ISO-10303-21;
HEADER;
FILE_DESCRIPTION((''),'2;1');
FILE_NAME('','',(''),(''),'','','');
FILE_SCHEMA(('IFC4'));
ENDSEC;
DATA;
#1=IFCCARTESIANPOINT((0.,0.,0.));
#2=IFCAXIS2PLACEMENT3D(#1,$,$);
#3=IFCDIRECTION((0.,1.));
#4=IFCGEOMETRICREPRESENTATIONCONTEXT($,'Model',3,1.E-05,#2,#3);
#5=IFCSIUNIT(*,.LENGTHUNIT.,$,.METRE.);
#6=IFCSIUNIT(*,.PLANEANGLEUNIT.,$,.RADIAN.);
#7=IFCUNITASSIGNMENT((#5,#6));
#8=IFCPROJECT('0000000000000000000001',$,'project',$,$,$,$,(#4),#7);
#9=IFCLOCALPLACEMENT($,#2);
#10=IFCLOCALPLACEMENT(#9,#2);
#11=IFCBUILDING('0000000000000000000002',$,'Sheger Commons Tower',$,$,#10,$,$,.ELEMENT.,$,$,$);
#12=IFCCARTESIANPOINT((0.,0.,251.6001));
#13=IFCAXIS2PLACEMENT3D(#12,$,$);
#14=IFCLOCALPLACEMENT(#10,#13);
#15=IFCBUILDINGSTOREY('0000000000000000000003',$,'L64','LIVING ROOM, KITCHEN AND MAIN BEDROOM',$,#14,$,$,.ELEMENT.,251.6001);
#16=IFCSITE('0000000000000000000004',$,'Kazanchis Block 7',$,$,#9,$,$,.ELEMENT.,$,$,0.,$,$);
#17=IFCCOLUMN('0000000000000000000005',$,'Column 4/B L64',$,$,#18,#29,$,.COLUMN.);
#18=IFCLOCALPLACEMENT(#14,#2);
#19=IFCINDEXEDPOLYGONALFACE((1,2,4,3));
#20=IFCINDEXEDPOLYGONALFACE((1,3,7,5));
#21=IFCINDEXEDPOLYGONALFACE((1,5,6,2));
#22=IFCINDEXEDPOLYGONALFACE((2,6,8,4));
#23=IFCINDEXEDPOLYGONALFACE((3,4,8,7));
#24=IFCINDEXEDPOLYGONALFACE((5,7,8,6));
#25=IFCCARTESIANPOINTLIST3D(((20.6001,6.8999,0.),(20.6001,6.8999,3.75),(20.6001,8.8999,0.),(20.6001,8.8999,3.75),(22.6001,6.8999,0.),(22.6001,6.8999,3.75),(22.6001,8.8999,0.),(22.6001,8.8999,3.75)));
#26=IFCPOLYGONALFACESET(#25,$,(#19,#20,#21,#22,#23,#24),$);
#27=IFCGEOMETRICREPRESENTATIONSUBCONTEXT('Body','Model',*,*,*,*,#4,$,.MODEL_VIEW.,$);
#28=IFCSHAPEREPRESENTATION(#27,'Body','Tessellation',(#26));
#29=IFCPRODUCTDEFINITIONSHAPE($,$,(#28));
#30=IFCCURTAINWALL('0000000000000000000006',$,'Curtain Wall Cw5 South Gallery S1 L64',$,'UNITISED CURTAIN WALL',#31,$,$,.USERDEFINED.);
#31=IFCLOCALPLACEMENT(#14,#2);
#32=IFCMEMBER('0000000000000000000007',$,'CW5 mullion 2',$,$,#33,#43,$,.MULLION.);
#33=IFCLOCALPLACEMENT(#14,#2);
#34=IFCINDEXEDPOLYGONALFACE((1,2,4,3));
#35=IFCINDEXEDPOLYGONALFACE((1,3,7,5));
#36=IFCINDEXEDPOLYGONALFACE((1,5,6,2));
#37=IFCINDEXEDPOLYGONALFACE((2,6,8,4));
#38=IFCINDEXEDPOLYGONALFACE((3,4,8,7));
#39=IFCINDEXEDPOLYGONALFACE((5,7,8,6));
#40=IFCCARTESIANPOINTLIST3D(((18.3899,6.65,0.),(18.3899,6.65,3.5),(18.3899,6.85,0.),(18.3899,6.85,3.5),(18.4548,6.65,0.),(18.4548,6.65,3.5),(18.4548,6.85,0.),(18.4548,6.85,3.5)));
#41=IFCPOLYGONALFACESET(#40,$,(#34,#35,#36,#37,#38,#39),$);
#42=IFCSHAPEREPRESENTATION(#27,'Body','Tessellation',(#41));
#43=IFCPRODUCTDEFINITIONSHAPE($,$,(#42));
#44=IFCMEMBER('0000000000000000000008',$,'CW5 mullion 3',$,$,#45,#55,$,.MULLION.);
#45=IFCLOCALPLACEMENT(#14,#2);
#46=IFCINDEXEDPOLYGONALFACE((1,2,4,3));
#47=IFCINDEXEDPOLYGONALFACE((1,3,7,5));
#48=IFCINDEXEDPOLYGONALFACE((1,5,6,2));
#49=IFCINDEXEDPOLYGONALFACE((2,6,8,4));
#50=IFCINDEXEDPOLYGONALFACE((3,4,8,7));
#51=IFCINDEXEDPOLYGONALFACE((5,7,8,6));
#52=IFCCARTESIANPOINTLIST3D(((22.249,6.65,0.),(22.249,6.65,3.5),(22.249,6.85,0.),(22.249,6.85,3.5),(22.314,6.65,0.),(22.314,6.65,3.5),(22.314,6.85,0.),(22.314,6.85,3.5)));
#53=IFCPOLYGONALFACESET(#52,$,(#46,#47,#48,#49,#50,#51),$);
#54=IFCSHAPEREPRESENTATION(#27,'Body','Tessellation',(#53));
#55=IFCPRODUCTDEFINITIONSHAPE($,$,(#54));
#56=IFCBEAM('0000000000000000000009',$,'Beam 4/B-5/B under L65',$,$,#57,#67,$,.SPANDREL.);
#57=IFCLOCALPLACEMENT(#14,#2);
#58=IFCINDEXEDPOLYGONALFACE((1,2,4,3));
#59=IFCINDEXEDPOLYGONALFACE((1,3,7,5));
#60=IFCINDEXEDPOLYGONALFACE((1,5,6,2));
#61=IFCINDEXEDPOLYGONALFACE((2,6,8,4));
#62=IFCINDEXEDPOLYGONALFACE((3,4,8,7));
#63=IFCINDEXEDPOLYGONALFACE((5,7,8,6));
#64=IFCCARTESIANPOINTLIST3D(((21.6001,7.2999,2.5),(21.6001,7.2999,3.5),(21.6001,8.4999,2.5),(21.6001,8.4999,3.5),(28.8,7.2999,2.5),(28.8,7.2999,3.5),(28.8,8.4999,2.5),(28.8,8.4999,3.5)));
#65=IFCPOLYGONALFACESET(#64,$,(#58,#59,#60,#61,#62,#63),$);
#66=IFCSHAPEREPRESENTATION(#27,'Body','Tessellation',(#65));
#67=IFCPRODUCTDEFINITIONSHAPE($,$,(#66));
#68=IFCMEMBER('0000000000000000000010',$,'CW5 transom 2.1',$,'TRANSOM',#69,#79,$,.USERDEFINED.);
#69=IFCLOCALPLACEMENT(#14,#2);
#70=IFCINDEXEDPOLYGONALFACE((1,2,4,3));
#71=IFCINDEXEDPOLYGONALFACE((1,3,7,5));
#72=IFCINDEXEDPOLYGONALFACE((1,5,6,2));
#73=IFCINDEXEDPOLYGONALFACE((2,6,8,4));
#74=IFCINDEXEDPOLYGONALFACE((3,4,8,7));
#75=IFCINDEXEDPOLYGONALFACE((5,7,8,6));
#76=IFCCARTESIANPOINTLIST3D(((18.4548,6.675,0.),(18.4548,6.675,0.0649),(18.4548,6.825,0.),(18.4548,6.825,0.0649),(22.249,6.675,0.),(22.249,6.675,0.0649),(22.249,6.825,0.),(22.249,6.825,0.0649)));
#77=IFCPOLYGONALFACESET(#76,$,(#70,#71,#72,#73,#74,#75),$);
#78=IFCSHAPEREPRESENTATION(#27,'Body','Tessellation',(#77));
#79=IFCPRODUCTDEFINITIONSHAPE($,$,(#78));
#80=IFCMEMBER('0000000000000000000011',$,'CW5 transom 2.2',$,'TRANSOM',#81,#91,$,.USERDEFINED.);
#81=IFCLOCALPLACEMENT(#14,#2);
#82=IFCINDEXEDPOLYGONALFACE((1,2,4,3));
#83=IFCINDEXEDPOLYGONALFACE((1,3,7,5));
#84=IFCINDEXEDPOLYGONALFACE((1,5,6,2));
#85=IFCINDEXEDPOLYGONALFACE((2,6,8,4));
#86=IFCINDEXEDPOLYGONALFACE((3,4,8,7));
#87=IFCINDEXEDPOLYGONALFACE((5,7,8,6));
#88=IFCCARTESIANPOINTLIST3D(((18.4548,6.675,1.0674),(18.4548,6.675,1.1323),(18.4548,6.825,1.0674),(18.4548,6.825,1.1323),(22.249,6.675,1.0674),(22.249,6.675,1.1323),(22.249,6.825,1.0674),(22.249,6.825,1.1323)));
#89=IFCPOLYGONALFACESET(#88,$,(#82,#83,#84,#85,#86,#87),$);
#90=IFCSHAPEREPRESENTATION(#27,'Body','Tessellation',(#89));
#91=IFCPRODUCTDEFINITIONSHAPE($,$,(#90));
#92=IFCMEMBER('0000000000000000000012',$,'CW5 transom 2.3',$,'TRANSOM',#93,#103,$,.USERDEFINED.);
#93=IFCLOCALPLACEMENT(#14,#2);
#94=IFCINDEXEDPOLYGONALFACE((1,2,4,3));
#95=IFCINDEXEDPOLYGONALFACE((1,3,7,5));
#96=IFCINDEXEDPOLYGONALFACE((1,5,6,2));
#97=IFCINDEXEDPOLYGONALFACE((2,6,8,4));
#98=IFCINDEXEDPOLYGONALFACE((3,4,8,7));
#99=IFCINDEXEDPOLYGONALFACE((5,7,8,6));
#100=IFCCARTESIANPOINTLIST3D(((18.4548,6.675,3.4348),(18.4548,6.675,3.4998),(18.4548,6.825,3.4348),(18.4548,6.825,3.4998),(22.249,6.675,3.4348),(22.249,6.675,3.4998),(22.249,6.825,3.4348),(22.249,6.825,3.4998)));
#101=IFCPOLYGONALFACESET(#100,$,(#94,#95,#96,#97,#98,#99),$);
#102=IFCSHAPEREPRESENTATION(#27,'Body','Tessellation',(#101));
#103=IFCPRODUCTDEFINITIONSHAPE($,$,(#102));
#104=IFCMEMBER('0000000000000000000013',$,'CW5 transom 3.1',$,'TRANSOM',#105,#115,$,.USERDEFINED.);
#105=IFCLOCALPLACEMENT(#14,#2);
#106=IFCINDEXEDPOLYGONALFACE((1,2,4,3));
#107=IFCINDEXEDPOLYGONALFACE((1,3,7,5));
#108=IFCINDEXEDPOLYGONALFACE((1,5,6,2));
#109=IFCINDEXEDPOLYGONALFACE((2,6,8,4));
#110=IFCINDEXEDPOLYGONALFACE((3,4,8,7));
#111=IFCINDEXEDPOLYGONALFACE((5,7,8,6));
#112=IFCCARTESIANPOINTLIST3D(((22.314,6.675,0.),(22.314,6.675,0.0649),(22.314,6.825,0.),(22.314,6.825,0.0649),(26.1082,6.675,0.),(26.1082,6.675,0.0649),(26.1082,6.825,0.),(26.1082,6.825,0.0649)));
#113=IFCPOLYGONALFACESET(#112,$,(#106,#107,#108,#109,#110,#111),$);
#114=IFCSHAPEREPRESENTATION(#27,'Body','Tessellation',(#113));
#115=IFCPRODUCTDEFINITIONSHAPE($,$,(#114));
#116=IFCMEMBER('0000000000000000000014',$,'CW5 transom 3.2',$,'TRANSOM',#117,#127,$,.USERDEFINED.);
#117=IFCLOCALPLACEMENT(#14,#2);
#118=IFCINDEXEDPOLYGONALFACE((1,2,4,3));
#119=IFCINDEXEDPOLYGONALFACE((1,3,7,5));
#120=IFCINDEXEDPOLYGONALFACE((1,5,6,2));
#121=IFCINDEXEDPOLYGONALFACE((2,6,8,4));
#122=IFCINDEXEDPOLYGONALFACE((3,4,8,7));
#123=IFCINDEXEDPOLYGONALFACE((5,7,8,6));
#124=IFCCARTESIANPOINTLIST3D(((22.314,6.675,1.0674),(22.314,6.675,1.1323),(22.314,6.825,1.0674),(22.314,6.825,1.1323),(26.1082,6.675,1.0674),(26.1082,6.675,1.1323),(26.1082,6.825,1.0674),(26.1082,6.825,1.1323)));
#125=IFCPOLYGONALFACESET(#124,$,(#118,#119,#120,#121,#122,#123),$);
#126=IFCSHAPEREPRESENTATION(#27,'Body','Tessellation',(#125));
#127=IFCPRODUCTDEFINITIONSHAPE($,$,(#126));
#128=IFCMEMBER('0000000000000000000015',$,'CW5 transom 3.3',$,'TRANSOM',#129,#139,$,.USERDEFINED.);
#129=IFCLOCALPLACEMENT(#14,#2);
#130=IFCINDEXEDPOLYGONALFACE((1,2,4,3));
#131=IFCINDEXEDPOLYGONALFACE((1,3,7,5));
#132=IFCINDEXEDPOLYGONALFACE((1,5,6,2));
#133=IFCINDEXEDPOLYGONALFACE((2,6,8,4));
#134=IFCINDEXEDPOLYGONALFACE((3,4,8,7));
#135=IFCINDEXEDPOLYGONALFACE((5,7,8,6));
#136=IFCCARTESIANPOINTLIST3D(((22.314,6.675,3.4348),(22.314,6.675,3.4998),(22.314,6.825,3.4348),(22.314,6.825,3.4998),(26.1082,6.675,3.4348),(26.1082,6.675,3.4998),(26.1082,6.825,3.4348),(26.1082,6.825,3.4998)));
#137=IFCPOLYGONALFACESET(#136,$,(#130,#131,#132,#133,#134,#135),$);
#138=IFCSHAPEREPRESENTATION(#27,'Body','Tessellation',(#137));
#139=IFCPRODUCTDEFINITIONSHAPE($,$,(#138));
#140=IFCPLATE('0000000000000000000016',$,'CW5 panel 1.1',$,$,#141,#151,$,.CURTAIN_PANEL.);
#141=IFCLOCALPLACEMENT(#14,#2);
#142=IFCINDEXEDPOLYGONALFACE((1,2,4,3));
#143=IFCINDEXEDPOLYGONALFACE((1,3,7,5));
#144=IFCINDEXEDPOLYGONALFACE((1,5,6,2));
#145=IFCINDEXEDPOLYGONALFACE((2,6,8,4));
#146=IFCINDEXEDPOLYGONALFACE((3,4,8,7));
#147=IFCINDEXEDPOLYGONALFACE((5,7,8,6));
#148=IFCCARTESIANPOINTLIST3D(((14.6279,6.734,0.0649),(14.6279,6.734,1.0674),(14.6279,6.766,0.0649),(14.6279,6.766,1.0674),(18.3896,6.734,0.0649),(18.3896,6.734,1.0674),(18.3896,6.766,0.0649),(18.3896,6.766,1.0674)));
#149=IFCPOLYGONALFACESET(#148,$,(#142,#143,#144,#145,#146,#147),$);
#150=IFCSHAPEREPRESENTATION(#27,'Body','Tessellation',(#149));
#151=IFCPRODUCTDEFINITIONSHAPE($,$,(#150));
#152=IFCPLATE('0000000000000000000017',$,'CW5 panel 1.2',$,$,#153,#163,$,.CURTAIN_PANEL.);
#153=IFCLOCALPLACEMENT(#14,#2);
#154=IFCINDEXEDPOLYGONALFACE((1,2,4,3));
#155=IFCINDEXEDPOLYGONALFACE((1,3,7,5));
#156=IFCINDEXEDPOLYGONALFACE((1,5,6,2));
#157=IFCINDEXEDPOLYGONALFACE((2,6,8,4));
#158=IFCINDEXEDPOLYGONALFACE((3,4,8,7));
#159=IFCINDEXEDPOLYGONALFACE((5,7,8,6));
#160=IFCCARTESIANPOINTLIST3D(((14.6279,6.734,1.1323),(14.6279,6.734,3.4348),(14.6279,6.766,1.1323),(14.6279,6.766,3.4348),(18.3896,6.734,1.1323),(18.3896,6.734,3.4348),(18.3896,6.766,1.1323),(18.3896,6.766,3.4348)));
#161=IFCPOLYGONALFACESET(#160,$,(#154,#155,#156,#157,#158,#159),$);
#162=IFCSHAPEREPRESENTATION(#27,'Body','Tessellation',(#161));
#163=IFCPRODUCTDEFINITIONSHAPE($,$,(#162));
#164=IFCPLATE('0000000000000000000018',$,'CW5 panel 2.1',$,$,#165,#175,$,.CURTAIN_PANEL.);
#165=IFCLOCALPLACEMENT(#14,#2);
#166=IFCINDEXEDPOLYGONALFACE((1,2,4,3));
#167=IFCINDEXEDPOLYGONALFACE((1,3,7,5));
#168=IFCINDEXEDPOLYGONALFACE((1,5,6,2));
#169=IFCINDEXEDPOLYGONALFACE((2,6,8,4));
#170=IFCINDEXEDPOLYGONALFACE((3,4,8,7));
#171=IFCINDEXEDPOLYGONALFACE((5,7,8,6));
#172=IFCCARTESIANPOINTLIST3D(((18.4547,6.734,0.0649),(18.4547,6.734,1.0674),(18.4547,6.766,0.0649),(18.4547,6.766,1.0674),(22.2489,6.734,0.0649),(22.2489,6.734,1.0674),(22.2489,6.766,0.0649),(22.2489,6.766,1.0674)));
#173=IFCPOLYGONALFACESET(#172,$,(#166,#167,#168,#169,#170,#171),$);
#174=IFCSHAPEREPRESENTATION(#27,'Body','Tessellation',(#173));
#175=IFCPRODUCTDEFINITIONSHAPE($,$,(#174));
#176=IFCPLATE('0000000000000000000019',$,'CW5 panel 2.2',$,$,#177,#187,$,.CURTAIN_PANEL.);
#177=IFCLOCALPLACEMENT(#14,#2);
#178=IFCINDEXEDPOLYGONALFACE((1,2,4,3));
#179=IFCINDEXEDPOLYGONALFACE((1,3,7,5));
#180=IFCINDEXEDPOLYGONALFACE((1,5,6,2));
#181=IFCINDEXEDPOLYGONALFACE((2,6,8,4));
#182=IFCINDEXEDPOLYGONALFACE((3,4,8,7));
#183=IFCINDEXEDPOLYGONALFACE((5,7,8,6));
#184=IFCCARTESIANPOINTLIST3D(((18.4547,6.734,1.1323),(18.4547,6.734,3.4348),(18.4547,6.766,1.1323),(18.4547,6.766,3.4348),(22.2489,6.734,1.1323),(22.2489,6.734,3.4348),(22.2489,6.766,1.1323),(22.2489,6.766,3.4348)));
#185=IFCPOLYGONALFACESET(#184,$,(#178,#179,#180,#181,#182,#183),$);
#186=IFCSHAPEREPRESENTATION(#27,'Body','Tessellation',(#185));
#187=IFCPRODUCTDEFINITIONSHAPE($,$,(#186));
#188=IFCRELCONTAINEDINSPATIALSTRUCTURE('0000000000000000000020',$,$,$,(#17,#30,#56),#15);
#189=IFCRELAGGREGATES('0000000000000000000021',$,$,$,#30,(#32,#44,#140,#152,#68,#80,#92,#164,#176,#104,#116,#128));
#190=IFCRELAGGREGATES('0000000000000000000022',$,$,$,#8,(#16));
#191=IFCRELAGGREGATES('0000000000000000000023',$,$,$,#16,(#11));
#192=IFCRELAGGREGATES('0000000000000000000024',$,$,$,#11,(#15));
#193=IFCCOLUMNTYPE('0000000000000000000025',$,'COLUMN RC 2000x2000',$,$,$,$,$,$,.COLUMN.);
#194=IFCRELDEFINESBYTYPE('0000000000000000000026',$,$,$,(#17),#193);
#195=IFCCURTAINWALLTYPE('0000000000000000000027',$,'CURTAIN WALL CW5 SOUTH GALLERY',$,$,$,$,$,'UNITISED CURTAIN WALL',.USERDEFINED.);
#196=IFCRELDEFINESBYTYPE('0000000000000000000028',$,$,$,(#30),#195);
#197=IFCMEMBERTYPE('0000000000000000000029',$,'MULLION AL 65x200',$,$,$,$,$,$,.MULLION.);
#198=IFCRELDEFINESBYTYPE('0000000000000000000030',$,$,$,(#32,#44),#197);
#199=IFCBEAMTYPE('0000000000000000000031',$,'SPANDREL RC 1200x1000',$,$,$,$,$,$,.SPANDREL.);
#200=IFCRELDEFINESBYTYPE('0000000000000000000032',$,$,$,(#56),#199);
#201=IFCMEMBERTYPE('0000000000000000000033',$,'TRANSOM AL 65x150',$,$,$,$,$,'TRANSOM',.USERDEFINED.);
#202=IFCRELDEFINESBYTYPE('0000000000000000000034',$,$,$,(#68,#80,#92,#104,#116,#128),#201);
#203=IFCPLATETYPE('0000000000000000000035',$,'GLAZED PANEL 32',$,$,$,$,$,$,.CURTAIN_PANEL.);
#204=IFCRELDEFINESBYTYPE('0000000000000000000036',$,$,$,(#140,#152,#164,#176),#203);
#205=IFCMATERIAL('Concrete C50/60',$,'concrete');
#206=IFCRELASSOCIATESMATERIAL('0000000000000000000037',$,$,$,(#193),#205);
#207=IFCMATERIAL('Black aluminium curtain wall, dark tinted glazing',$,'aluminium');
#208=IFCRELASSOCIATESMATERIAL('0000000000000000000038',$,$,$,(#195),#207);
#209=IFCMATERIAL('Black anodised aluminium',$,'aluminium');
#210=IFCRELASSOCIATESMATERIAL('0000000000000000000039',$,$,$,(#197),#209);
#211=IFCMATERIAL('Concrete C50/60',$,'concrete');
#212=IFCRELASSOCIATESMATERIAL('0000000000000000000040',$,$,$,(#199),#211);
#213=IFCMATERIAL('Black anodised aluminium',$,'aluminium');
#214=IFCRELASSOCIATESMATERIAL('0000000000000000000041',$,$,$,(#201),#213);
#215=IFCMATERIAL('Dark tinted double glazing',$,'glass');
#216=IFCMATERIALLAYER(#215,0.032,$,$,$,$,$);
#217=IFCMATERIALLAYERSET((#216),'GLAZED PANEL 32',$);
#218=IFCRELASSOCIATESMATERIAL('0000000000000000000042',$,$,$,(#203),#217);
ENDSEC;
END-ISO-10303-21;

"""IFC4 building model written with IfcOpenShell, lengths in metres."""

from ifc_helpers import new_model, si_unit, direction, frame, origin, origin_2d, place, context, subcontext, project, spatial, rectangle, extrude, material, layer, layer_set, material_profile, profile_set, type_object, element, aggregate, save


model = new_model("IFC4")

# Units and contexts
model_context = context("Model", 3, precision=1e-05, world=origin(), true_north=direction((0.0, 1.0)))
body_context = subcontext(model_context, "Body", "Model", "MODEL_VIEW")
ifc_project = project(units=[si_unit("LENGTHUNIT", "METRE"), si_unit("PLANEANGLEUNIT", "RADIAN")], contexts=[model_context])

# Site, building, storey
site_placement = place(None, origin())
site = spatial("IfcSite", under=ifc_project, at=site_placement, Name="Kazanchis Block 7", CompositionType="ELEMENT", RefElevation=0.0)
building_placement = place(site_placement, origin())
building = spatial("IfcBuilding", under=site, at=building_placement, Name="Sheger Commons Tower", CompositionType="ELEMENT")
storey_placement = place(building_placement, frame((0.0, 0.0, 251.6001)))
storey = spatial("IfcBuildingStorey", under=building, at=storey_placement, Name="L64", Description="LIVING ROOM, KITCHEN AND MAIN BEDROOM", CompositionType="ELEMENT", Elevation=251.6001)

# Column
ifc_material_1 = material(Name="Concrete C50/60", Category="concrete")
ifc_material_profile_1 = material_profile(ifc_material_1, rectangle(XDim=2.0, YDim=2.0, at=origin_2d()), Name="RC 2000x2000")
ifc_profile_set_1 = profile_set([ifc_material_profile_1], Name="Concrete C50/60")
column_type = type_object("IfcColumnType", Name="COLUMN RC 2000x2000", PredefinedType="COLUMN", material=ifc_profile_set_1)
column_placement = place(storey_placement, frame((21.6001, 7.8999, 0.0), z_axis=(0.0, 0.0, 1.0), x_axis=(1.0, 0.0, 0.0)))
element("IfcColumn", 1, at=column_placement, inside=storey, type_object=column_type, Name="Column 4/B L64", PredefinedType="COLUMN", context=body_context, shape_type="SweptSolid", body=[
    extrude(rectangle(XDim=2.0, YDim=2.0, at=origin_2d()), origin(), (0.0, 0.0, 1.0), 3.75),
])

# Curtain wall, members
ifc_material_2 = material(Name="Black aluminium curtain wall, dark tinted glazing", Category="aluminium")
curtain_wall_type = type_object("IfcCurtainWallType", Name="CURTAIN WALL CW5 SOUTH GALLERY", ElementType="UNITISED CURTAIN WALL", PredefinedType="USERDEFINED", material=ifc_material_2)
curtain_wall_placement = place(storey_placement, origin())
curtain_wall = element("IfcCurtainWall", 2, at=curtain_wall_placement, inside=storey, type_object=curtain_wall_type, Name="Curtain Wall Cw5 South Gallery S1 L64", ObjectType="UNITISED CURTAIN WALL", PredefinedType="USERDEFINED")
ifc_material_3 = material(Name="Black anodised aluminium", Category="aluminium")
ifc_material_profile_2 = material_profile(ifc_material_3, rectangle(XDim=0.2, YDim=0.0649, at=origin_2d()), Name="AL 65x200")
ifc_profile_set_2 = profile_set([ifc_material_profile_2], Name="Black anodised aluminium")
member_type_1 = type_object("IfcMemberType", Name="MULLION AL 65x200", PredefinedType="MULLION", material=ifc_profile_set_2)
member_1_placement = place(storey_placement, frame((18.4224, 6.75, 0.0), z_axis=(0.0, 0.0, 1.0), x_axis=(0.0, 1.0, 0.0)))
member_1 = element("IfcMember", 3, at=member_1_placement, type_object=member_type_1, Name="CW5 mullion 2", PredefinedType="MULLION", context=body_context, shape_type="SweptSolid", body=[
    extrude(rectangle(XDim=0.2, YDim=0.0649, at=origin_2d()), origin(), (0.0, 0.0, 1.0), 3.5),
])
member_2_placement = place(storey_placement, frame((22.2815, 6.75, 0.0), z_axis=(0.0, 0.0, 1.0), x_axis=(0.0, 1.0, 0.0)))
member_2 = element("IfcMember", 4, at=member_2_placement, type_object=member_type_1, Name="CW5 mullion 3", PredefinedType="MULLION", context=body_context, shape_type="SweptSolid", body=[
    extrude(rectangle(XDim=0.2, YDim=0.0649, at=origin_2d()), origin(), (0.0, 0.0, 1.0), 3.5),
])

# Beam
ifc_material_4 = material(Name="Concrete C50/60", Category="concrete")
ifc_material_profile_3 = material_profile(ifc_material_4, rectangle(XDim=1.2, YDim=1.0, at=origin_2d()), Name="RC 1200x1000")
ifc_profile_set_3 = profile_set([ifc_material_profile_3], Name="Concrete C50/60")
beam_type = type_object("IfcBeamType", Name="SPANDREL RC 1200x1000", PredefinedType="SPANDREL", material=ifc_profile_set_3)
beam_placement = place(storey_placement, frame((21.6001, 7.8999, 3.0), z_axis=(1.0, 0.0, 0.0), x_axis=(0.0, 1.0, 0.0)))
element("IfcBeam", 5, at=beam_placement, inside=storey, type_object=beam_type, Name="Beam 4/B-5/B under L65", PredefinedType="SPANDREL", context=body_context, shape_type="SweptSolid", body=[
    extrude(rectangle(XDim=1.2, YDim=1.0, at=origin_2d()), origin(), (0.0, 0.0, 1.0), 7.2),
])

# Members
ifc_material_5 = material(Name="Black anodised aluminium", Category="aluminium")
ifc_material_profile_4 = material_profile(ifc_material_5, rectangle(XDim=0.1499, YDim=0.0649, at=origin_2d()), Name="AL 65x150")
ifc_profile_set_4 = profile_set([ifc_material_profile_4], Name="Black anodised aluminium")
member_type_2 = type_object("IfcMemberType", Name="TRANSOM AL 65x150", ElementType="TRANSOM", PredefinedType="USERDEFINED", material=ifc_profile_set_4)
member_3_placement = place(storey_placement, frame((18.4548, 6.75, 0.0325), z_axis=(1.0, 0.0, 0.0), x_axis=(0.0, 1.0, 0.0)))
member_3 = element("IfcMember", 6, at=member_3_placement, type_object=member_type_2, Name="CW5 transom 2.1", ObjectType="TRANSOM", PredefinedType="USERDEFINED", context=body_context, shape_type="SweptSolid", body=[
    extrude(rectangle(XDim=0.1499, YDim=0.0649, at=origin_2d()), origin(), (0.0, 0.0, 1.0), 3.7942),
])
member_4_placement = place(storey_placement, frame((18.4548, 6.75, 1.0999), z_axis=(1.0, 0.0, 0.0), x_axis=(0.0, 1.0, 0.0)))
member_4 = element("IfcMember", 7, at=member_4_placement, type_object=member_type_2, Name="CW5 transom 2.2", ObjectType="TRANSOM", PredefinedType="USERDEFINED", context=body_context, shape_type="SweptSolid", body=[
    extrude(rectangle(XDim=0.1499, YDim=0.0649, at=origin_2d()), origin(), (0.0, 0.0, 1.0), 3.7942),
])
member_5_placement = place(storey_placement, frame((18.4548, 6.75, 3.4673), z_axis=(1.0, 0.0, 0.0), x_axis=(0.0, 1.0, 0.0)))
member_5 = element("IfcMember", 8, at=member_5_placement, type_object=member_type_2, Name="CW5 transom 2.3", ObjectType="TRANSOM", PredefinedType="USERDEFINED", context=body_context, shape_type="SweptSolid", body=[
    extrude(rectangle(XDim=0.1499, YDim=0.0649, at=origin_2d()), origin(), (0.0, 0.0, 1.0), 3.7942),
])
member_6_placement = place(storey_placement, frame((22.314, 6.75, 0.0325), z_axis=(1.0, 0.0, 0.0), x_axis=(0.0, 1.0, 0.0)))
member_6 = element("IfcMember", 9, at=member_6_placement, type_object=member_type_2, Name="CW5 transom 3.1", ObjectType="TRANSOM", PredefinedType="USERDEFINED", context=body_context, shape_type="SweptSolid", body=[
    extrude(rectangle(XDim=0.1499, YDim=0.0649, at=origin_2d()), origin(), (0.0, 0.0, 1.0), 3.7942),
])
member_7_placement = place(storey_placement, frame((22.314, 6.75, 1.0999), z_axis=(1.0, 0.0, 0.0), x_axis=(0.0, 1.0, 0.0)))
member_7 = element("IfcMember", 10, at=member_7_placement, type_object=member_type_2, Name="CW5 transom 3.2", ObjectType="TRANSOM", PredefinedType="USERDEFINED", context=body_context, shape_type="SweptSolid", body=[
    extrude(rectangle(XDim=0.1499, YDim=0.0649, at=origin_2d()), origin(), (0.0, 0.0, 1.0), 3.7942),
])
member_8_placement = place(storey_placement, frame((22.314, 6.75, 3.4673), z_axis=(1.0, 0.0, 0.0), x_axis=(0.0, 1.0, 0.0)))
member_8 = element("IfcMember", 11, at=member_8_placement, type_object=member_type_2, Name="CW5 transom 3.3", ObjectType="TRANSOM", PredefinedType="USERDEFINED", context=body_context, shape_type="SweptSolid", body=[
    extrude(rectangle(XDim=0.1499, YDim=0.0649, at=origin_2d()), origin(), (0.0, 0.0, 1.0), 3.7942),
])

# Plates
ifc_material_6 = material(Name="Dark tinted double glazing", Category="glass")
ifc_layer_1 = layer(ifc_material_6, 0.032)
ifc_layer_set_1 = layer_set([ifc_layer_1], Name="GLAZED PANEL 32")
plate_type = type_object("IfcPlateType", Name="GLAZED PANEL 32", PredefinedType="CURTAIN_PANEL", material=ifc_layer_set_1)
plate_1_placement = place(storey_placement, frame((16.5088, 6.75, 0.0649), z_axis=(0.0, 0.0, 1.0), x_axis=(1.0, 0.0, 0.0)))
plate_1 = element("IfcPlate", 12, at=plate_1_placement, type_object=plate_type, Name="CW5 panel 1.1", PredefinedType="CURTAIN_PANEL", context=body_context, shape_type="SweptSolid", body=[
    extrude(rectangle(XDim=3.7617, YDim=0.032, at=origin_2d()), origin(), (0.0, 0.0, 1.0), 1.0024),
])
plate_2_placement = place(storey_placement, frame((16.5088, 6.75, 1.1323), z_axis=(0.0, 0.0, 1.0), x_axis=(1.0, 0.0, 0.0)))
plate_2 = element("IfcPlate", 13, at=plate_2_placement, type_object=plate_type, Name="CW5 panel 1.2", PredefinedType="CURTAIN_PANEL", context=body_context, shape_type="SweptSolid", body=[
    extrude(rectangle(XDim=3.7617, YDim=0.032, at=origin_2d()), origin(), (0.0, 0.0, 1.0), 2.3025),
])
plate_3_placement = place(storey_placement, frame((20.3518, 6.75, 0.0649), z_axis=(0.0, 0.0, 1.0), x_axis=(1.0, 0.0, 0.0)))
plate_3 = element("IfcPlate", 14, at=plate_3_placement, type_object=plate_type, Name="CW5 panel 2.1", PredefinedType="CURTAIN_PANEL", context=body_context, shape_type="SweptSolid", body=[
    extrude(rectangle(XDim=3.7942, YDim=0.032, at=origin_2d()), origin(), (0.0, 0.0, 1.0), 1.0024),
])
plate_4_placement = place(storey_placement, frame((20.3518, 6.75, 1.1323), z_axis=(0.0, 0.0, 1.0), x_axis=(1.0, 0.0, 0.0)))
plate_4 = element("IfcPlate", 15, at=plate_4_placement, type_object=plate_type, Name="CW5 panel 2.2", PredefinedType="CURTAIN_PANEL", context=body_context, shape_type="SweptSolid", body=[
    extrude(rectangle(XDim=3.7942, YDim=0.032, at=origin_2d()), origin(), (0.0, 0.0, 1.0), 2.3025),
])
aggregate(curtain_wall, [member_1, member_2, plate_1, plate_2, member_3, member_4, member_5, plate_3, plate_4, member_6, member_7, member_8])

save(model, "model.ifc")
